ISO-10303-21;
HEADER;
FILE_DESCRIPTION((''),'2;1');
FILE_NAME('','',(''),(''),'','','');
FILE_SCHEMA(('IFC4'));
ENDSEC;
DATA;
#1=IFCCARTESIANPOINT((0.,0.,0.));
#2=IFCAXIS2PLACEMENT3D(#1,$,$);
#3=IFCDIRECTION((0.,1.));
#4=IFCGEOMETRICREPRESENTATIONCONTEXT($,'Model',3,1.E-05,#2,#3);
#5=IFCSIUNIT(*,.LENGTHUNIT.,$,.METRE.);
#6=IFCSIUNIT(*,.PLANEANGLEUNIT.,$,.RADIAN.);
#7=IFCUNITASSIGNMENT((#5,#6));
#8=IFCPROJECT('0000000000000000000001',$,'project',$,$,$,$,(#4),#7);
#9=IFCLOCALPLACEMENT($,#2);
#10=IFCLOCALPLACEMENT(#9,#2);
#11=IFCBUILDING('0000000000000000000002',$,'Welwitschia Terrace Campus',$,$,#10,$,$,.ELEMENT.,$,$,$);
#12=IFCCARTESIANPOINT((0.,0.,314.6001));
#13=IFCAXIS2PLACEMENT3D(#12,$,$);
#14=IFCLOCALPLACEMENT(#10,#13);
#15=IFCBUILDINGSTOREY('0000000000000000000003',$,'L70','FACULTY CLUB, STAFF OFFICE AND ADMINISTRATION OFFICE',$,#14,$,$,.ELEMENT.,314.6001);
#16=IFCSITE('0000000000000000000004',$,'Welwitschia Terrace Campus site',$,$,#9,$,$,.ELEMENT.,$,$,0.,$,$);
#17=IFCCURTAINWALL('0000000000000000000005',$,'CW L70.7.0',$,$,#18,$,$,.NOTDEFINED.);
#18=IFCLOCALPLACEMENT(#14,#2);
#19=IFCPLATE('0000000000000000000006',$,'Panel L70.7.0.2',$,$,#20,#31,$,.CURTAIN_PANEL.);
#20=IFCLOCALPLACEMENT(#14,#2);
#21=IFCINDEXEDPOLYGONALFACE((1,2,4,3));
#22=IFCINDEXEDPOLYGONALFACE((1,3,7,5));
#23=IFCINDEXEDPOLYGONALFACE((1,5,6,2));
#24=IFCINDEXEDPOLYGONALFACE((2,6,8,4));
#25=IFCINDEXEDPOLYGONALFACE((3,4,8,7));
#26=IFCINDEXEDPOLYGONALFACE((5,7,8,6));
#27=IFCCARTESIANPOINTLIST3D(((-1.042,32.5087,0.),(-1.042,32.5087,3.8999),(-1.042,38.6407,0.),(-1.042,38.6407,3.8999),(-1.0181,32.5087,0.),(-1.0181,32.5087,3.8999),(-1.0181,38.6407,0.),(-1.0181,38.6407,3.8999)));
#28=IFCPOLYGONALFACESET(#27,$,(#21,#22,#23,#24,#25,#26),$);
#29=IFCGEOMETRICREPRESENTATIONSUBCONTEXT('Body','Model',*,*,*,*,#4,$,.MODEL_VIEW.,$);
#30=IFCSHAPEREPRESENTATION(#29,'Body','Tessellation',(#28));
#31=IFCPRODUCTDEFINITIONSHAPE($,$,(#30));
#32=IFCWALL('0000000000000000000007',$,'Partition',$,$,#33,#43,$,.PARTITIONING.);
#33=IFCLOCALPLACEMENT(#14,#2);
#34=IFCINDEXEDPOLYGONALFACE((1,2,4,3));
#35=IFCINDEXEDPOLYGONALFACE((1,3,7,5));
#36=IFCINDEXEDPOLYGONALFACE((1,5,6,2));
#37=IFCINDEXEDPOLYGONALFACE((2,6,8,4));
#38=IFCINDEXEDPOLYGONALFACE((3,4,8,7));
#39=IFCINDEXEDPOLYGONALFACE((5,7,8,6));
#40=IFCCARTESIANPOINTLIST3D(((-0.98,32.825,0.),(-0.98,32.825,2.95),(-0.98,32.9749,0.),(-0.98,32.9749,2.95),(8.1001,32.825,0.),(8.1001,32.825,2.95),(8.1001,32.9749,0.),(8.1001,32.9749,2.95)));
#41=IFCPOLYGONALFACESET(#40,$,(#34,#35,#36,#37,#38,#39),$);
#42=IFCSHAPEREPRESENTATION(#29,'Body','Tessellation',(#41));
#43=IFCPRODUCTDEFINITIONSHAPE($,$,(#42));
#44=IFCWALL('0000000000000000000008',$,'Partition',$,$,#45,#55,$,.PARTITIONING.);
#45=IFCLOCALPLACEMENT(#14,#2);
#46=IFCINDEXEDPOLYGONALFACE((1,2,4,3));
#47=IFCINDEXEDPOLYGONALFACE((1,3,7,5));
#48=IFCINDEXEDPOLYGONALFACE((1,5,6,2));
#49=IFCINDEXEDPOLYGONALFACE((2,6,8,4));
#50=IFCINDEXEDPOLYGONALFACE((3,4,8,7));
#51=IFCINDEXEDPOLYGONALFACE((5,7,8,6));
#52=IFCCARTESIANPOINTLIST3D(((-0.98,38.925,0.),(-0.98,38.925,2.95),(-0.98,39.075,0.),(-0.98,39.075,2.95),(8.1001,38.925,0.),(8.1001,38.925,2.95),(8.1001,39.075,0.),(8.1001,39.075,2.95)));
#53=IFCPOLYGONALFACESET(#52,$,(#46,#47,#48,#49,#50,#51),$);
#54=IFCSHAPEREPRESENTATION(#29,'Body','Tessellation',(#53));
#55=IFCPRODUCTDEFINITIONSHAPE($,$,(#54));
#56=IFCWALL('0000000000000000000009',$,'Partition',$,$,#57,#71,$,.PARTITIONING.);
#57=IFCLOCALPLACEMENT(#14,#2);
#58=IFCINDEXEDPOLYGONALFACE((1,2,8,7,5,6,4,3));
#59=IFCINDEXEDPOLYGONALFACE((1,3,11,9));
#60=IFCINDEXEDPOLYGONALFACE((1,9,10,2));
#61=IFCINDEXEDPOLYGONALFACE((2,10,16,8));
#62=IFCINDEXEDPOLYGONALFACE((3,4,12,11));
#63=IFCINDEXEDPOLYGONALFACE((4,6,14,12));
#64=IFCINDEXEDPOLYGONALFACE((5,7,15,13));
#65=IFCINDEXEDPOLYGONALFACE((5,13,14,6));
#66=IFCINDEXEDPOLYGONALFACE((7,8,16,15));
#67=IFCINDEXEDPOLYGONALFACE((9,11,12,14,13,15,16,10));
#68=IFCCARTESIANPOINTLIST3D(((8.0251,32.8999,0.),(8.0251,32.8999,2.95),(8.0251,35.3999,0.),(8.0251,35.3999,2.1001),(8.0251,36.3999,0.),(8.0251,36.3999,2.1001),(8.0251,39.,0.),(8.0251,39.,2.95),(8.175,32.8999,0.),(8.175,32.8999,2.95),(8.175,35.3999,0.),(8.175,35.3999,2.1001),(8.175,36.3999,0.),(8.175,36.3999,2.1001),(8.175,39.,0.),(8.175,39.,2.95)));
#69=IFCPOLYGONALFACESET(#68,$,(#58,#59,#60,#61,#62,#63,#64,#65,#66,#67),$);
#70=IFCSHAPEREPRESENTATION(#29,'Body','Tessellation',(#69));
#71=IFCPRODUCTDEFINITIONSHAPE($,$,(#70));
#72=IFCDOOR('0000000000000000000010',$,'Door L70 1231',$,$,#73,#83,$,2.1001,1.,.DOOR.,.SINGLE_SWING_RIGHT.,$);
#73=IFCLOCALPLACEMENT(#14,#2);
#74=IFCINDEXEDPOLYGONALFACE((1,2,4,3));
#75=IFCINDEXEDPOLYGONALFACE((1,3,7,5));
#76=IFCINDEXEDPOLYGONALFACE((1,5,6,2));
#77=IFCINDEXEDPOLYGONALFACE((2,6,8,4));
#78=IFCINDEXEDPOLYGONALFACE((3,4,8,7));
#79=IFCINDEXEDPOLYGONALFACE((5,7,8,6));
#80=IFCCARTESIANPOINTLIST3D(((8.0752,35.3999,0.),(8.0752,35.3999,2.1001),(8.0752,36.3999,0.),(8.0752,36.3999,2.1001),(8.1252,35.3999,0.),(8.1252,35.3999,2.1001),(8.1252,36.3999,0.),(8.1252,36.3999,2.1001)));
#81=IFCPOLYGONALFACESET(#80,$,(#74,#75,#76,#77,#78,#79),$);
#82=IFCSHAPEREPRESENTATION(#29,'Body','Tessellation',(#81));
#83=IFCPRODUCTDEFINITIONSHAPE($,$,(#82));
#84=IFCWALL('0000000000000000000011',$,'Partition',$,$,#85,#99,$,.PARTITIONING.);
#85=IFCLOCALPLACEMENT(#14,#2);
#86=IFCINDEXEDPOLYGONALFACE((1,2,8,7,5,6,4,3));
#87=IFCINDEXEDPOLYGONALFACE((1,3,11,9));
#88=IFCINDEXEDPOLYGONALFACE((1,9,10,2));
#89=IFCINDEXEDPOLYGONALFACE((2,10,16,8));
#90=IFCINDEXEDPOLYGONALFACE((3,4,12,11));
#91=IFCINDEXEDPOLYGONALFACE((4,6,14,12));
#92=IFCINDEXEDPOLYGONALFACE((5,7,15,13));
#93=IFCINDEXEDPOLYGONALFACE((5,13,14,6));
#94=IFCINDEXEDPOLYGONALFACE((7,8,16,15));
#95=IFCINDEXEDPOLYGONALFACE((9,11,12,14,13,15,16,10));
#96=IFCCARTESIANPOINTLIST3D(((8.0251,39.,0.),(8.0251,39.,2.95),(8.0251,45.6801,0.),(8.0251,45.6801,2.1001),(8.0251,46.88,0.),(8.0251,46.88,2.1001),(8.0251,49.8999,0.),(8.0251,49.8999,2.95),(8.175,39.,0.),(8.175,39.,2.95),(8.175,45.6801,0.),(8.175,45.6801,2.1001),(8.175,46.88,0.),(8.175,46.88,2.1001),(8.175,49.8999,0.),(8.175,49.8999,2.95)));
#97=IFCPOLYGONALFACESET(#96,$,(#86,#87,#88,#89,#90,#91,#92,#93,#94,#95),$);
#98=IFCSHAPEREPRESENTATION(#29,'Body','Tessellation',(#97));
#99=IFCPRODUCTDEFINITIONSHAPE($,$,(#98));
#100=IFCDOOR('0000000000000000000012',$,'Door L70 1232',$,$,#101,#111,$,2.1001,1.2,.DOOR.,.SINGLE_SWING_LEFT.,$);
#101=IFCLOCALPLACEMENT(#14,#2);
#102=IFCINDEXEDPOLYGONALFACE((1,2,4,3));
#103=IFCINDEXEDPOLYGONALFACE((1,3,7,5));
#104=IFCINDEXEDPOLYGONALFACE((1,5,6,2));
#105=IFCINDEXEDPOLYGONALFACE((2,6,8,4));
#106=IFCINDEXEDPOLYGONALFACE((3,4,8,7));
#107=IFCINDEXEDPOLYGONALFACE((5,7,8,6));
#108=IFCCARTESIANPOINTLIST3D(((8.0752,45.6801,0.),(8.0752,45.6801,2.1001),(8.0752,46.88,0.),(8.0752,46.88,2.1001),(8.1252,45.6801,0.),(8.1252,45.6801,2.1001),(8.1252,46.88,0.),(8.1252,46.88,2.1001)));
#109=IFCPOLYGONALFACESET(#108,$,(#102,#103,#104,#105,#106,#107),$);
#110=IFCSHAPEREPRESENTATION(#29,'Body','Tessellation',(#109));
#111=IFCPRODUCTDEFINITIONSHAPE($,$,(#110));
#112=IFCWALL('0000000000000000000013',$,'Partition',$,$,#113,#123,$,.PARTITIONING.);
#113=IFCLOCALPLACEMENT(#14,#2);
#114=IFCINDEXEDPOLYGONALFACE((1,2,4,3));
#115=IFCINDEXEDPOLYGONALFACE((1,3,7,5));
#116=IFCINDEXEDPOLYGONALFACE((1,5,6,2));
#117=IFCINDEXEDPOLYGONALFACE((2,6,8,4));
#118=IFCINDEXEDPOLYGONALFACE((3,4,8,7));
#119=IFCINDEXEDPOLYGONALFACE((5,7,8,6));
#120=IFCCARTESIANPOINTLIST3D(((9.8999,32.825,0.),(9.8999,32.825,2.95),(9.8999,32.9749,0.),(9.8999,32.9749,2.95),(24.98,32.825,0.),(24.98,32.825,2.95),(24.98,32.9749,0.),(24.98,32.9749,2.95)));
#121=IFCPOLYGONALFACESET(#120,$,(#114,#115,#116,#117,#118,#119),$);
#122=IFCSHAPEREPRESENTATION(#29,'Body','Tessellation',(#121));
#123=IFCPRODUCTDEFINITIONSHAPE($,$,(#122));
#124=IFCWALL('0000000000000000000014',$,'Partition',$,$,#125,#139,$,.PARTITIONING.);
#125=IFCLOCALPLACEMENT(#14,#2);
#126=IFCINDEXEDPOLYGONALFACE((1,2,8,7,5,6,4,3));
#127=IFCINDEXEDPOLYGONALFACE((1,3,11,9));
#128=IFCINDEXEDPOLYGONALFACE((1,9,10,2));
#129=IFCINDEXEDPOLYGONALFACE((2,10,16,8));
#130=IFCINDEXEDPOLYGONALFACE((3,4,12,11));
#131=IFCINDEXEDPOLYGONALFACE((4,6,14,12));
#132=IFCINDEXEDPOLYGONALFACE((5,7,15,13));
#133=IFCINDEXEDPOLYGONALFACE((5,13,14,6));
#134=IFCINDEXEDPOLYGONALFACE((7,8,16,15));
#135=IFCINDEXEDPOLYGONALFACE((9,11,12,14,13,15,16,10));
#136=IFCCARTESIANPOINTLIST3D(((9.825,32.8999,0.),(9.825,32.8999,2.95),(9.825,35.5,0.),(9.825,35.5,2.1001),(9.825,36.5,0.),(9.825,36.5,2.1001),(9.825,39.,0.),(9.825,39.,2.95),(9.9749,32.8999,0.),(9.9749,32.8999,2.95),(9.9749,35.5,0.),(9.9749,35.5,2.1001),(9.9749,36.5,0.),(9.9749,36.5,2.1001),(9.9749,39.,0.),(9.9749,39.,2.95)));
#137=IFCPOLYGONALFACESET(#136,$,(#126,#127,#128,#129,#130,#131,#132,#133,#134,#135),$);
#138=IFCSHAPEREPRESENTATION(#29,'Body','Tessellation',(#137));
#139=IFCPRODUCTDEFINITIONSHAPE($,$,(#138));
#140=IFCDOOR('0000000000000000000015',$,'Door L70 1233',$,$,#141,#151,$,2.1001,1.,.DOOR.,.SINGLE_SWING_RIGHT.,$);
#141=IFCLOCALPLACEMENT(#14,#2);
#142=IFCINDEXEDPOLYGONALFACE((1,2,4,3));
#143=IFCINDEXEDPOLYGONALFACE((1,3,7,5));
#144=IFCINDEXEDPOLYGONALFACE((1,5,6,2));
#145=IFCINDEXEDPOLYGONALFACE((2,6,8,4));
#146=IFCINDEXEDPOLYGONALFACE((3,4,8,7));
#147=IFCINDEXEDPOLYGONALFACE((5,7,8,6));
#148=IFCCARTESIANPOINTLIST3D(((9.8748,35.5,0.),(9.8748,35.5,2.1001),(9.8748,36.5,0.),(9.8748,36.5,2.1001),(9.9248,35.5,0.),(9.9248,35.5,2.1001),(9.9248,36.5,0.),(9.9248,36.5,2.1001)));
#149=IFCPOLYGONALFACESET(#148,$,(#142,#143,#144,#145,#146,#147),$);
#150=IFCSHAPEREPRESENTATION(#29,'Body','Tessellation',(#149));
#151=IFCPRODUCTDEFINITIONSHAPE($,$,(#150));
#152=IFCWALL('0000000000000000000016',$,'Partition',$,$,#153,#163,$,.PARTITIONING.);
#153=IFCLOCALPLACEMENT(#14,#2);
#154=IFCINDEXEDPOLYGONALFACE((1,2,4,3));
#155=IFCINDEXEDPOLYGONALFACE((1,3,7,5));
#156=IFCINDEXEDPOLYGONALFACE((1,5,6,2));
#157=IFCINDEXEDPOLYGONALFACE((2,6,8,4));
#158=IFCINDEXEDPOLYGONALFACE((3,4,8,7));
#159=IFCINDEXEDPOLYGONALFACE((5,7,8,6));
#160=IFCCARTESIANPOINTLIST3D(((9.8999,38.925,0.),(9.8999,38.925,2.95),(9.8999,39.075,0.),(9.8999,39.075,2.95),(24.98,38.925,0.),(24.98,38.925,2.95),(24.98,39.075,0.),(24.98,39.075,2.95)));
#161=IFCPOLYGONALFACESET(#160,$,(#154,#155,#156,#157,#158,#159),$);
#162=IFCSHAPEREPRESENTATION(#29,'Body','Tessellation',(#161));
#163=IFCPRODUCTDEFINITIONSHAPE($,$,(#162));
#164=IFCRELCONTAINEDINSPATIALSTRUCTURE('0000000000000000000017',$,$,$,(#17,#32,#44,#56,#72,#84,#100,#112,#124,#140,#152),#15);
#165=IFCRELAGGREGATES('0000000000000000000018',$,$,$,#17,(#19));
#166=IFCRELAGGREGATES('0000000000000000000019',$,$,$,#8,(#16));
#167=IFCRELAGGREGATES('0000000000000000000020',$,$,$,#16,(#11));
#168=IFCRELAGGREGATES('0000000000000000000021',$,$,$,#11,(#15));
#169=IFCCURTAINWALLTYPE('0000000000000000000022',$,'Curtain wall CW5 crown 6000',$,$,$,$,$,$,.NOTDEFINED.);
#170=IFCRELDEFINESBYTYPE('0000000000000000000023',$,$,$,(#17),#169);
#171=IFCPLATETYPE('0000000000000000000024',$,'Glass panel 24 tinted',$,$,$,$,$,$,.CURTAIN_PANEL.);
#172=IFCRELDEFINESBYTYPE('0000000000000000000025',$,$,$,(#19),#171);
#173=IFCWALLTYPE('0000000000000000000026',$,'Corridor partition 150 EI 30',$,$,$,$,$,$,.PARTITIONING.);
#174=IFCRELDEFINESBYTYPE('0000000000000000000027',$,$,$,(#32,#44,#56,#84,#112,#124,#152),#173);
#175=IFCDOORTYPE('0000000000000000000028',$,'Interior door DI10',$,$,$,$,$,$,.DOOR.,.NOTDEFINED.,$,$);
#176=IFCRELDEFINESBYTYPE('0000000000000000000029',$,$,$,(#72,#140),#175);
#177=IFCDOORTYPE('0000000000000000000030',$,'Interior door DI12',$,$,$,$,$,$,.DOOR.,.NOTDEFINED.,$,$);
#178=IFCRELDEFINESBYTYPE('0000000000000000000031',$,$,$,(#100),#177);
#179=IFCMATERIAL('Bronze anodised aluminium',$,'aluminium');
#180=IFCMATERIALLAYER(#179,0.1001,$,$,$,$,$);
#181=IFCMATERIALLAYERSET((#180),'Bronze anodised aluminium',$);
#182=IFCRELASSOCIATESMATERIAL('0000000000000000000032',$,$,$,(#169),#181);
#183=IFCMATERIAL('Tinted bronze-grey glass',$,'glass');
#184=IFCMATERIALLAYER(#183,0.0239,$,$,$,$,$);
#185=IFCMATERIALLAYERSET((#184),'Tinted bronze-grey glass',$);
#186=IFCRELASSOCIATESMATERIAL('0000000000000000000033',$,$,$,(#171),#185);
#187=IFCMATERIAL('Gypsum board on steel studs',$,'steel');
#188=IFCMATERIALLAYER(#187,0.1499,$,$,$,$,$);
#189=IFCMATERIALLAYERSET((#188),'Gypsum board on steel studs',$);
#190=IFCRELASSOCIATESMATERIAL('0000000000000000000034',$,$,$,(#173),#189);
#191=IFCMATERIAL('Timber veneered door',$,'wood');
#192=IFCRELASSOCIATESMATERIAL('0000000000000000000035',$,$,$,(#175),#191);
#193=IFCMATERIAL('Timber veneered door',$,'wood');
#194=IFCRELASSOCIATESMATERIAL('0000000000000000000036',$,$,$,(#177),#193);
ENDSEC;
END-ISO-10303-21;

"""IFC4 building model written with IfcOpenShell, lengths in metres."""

from ifc_helpers import new_model, si_unit, direction, frame, frame_2d, origin, origin_2d, place, context, subcontext, project, spatial, rectangle, extrude, material, layer, layer_set, type_object, element, fill, aggregate, save


model = new_model("IFC4")

# Units and contexts
model_context = context("Model", 3, precision=1e-05, world=origin(), true_north=direction((0.0, 1.0)))
body_context = subcontext(model_context, "Body", "Model", "MODEL_VIEW")
ifc_project = project(units=[si_unit("LENGTHUNIT", "METRE"), si_unit("PLANEANGLEUNIT", "RADIAN")], contexts=[model_context])

# Site, building, storey
site_placement = place(None, origin())
site = spatial("IfcSite", under=ifc_project, at=site_placement, Name="Welwitschia Terrace Campus site", CompositionType="ELEMENT", RefElevation=0.0)
building_placement = place(site_placement, origin())
building = spatial("IfcBuilding", under=site, at=building_placement, Name="Welwitschia Terrace Campus", CompositionType="ELEMENT")
storey_placement = place(building_placement, frame((0.0, 0.0, 314.6001)))
storey = spatial("IfcBuildingStorey", under=building, at=storey_placement, Name="L70", Description="FACULTY CLUB, STAFF OFFICE AND ADMINISTRATION OFFICE", CompositionType="ELEMENT", Elevation=314.6001)

# Curtain wall
ifc_material_1 = material(Name="Bronze anodised aluminium", Category="aluminium")
ifc_layer_1 = layer(ifc_material_1, 0.1001)
ifc_layer_set_1 = layer_set([ifc_layer_1], Name="Bronze anodised aluminium")
curtain_wall_type = type_object("IfcCurtainWallType", Name="Curtain wall CW5 crown 6000", PredefinedType="NOTDEFINED", material=ifc_layer_set_1)
curtain_wall_1_placement = place(storey_placement, origin())
curtain_wall_1 = element("IfcCurtainWall", 1, at=curtain_wall_1_placement, inside=storey, type_object=curtain_wall_type, Name="CW L70.7.0", PredefinedType="NOTDEFINED")

# Plate
ifc_material_2 = material(Name="Tinted bronze-grey glass", Category="glass")
ifc_layer_2 = layer(ifc_material_2, 0.0239)
ifc_layer_set_2 = layer_set([ifc_layer_2], Name="Tinted bronze-grey glass")
plate_type = type_object("IfcPlateType", Name="Glass panel 24 tinted", PredefinedType="CURTAIN_PANEL", material=ifc_layer_set_2)
plate_1_placement = place(storey_placement, frame((-1.03, 35.5747, 0.0), z_axis=(0.0, 0.0, 1.0), x_axis=(0.0, -1.0, 0.0)))
plate_1 = element("IfcPlate", 2, at=plate_1_placement, type_object=plate_type, Name="Panel L70.7.0.2", PredefinedType="CURTAIN_PANEL", context=body_context, shape_type="SweptSolid", body=[
    extrude(rectangle(XDim=6.1321, YDim=0.0239, at=origin_2d()), origin(), (0.0, 0.0, 1.0), 3.8999),
])
aggregate(curtain_wall_1, [plate_1])

# Walls
ifc_material_3 = material(Name="Gypsum board on steel studs", Category="steel")
ifc_layer_3 = layer(ifc_material_3, 0.1499)
ifc_layer_set_3 = layer_set([ifc_layer_3], Name="Gypsum board on steel studs")
wall_type = type_object("IfcWallType", Name="Corridor partition 150 EI 30", PredefinedType="PARTITIONING", material=ifc_layer_set_3)
for number, where, z_axis, x_axis, name in (
    (3, (-0.98, 32.8999, 0.0), (0.0, 0.0, 1.0), (1.0, 0.0, 0.0), "Partition"),
    (4, (-0.98, 39.0, 0.0), (0.0, 0.0, 1.0), (1.0, 0.0, 0.0), "Partition"),
):
    element("IfcWall", number, at=place(storey_placement, frame(where, z_axis=z_axis, x_axis=x_axis)), inside=storey, type_object=wall_type, Name=name, PredefinedType="PARTITIONING", context=body_context, shape_type="SweptSolid", body=[
        extrude(rectangle(XDim=9.0801, YDim=0.1499, at=frame_2d((4.54, 0.0))), origin(), (0.0, 0.0, 1.0), 2.95),
    ])

# Walls, openings, doors
wall_1_placement = place(storey_placement, frame((8.1001, 32.8999, 0.0), z_axis=(0.0, 0.0, 1.0), x_axis=(0.0, 1.0, 0.0)))
wall_1 = element("IfcWall", 5, at=wall_1_placement, inside=storey, type_object=wall_type, Name="Partition", PredefinedType="PARTITIONING", context=body_context, shape_type="SweptSolid", body=[
    extrude(rectangle(XDim=6.1001, YDim=0.1499, at=frame_2d((3.05, 0.0))), origin(), (0.0, 0.0, 1.0), 2.95),
])
opening_1_placement = place(wall_1_placement, frame((2.5, 0.0, 0.0)))
opening_1 = element("IfcOpeningElement", 6, at=opening_1_placement, cuts=wall_1, PredefinedType="OPENING", context=body_context, shape_type="SweptSolid", body=[
    extrude(rectangle(XDim=1.0, YDim=2.1001, at=frame_2d((0.5, 1.05))), frame((0.0, 0.085, 0.0), z_axis=(0.0, -1.0, 0.0), x_axis=(1.0, 0.0, 0.0)), (0.0, 0.0, 1.0), 0.1699),
])
ifc_material_4 = material(Name="Timber veneered door", Category="wood")
door_type_1 = type_object("IfcDoorType", Name="Interior door DI10", OperationType="NOTDEFINED", PredefinedType="DOOR", material=ifc_material_4)
door_1_placement = place(opening_1_placement, origin())
door_1 = element("IfcDoor", 7, at=door_1_placement, inside=storey, type_object=door_type_1, Name="Door L70 1231", OperationType="SINGLE_SWING_RIGHT", OverallHeight=2.1001, OverallWidth=1.0, PredefinedType="DOOR", context=body_context, shape_type="SweptSolid", body=[
    extrude(rectangle(XDim=1.0, YDim=2.1001, at=frame_2d((0.5, 1.05))), frame((0.0, 0.0249, 0.0), z_axis=(0.0, -1.0, 0.0), x_axis=(1.0, 0.0, 0.0)), (0.0, 0.0, 1.0), 0.05),
])
fill(opening_1, door_1)
wall_2_placement = place(storey_placement, frame((8.1001, 39.0, 0.0), z_axis=(0.0, 0.0, 1.0), x_axis=(0.0, 1.0, 0.0)))
wall_2 = element("IfcWall", 8, at=wall_2_placement, inside=storey, type_object=wall_type, Name="Partition", PredefinedType="PARTITIONING", context=body_context, shape_type="SweptSolid", body=[
    extrude(rectangle(XDim=10.8999, YDim=0.1499, at=frame_2d((5.45, 0.0))), origin(), (0.0, 0.0, 1.0), 2.95),
])
opening_2_placement = place(wall_2_placement, frame((6.6799, 0.0, 0.0)))
opening_2 = element("IfcOpeningElement", 9, at=opening_2_placement, cuts=wall_2, PredefinedType="OPENING", context=body_context, shape_type="SweptSolid", body=[
    extrude(rectangle(XDim=1.2, YDim=2.1001, at=frame_2d((0.6001, 1.05))), frame((0.0, 0.085, 0.0), z_axis=(0.0, -1.0, 0.0), x_axis=(1.0, 0.0, 0.0)), (0.0, 0.0, 1.0), 0.1699),
])
ifc_material_5 = material(Name="Timber veneered door", Category="wood")
door_type_2 = type_object("IfcDoorType", Name="Interior door DI12", OperationType="NOTDEFINED", PredefinedType="DOOR", material=ifc_material_5)
door_2_placement = place(opening_2_placement, origin())
door_2 = element("IfcDoor", 10, at=door_2_placement, inside=storey, type_object=door_type_2, Name="Door L70 1232", OperationType="SINGLE_SWING_LEFT", OverallHeight=2.1001, OverallWidth=1.2, PredefinedType="DOOR", context=body_context, shape_type="SweptSolid", body=[
    extrude(rectangle(XDim=1.2, YDim=2.1001, at=frame_2d((0.6001, 1.05))), frame((0.0, 0.0249, 0.0), z_axis=(0.0, -1.0, 0.0), x_axis=(1.0, 0.0, 0.0)), (0.0, 0.0, 1.0), 0.05),
])
fill(opening_2, door_2)

# Wall
wall_3_placement = place(storey_placement, frame((9.8999, 32.8999, 0.0), z_axis=(0.0, 0.0, 1.0), x_axis=(1.0, 0.0, 0.0)))
element("IfcWall", 11, at=wall_3_placement, inside=storey, type_object=wall_type, Name="Partition", PredefinedType="PARTITIONING", context=body_context, shape_type="SweptSolid", body=[
    extrude(rectangle(XDim=15.0801, YDim=0.1499, at=frame_2d((7.54, 0.0))), origin(), (0.0, 0.0, 1.0), 2.95),
])

# Wall, opening, door
wall_4_placement = place(storey_placement, frame((9.8999, 39.0, 0.0), z_axis=(0.0, 0.0, 1.0), x_axis=(0.0, -1.0, 0.0)))
wall_4 = element("IfcWall", 12, at=wall_4_placement, inside=storey, type_object=wall_type, Name="Partition", PredefinedType="PARTITIONING", context=body_context, shape_type="SweptSolid", body=[
    extrude(rectangle(XDim=6.1001, YDim=0.1499, at=frame_2d((3.05, 0.0))), origin(), (0.0, 0.0, 1.0), 2.95),
])
opening_3_placement = place(wall_4_placement, frame((2.5, 0.0, 0.0)))
opening_3 = element("IfcOpeningElement", 13, at=opening_3_placement, cuts=wall_4, PredefinedType="OPENING", context=body_context, shape_type="SweptSolid", body=[
    extrude(rectangle(XDim=1.0, YDim=2.1001, at=frame_2d((0.5, 1.05))), frame((0.0, 0.085, 0.0), z_axis=(0.0, -1.0, 0.0), x_axis=(1.0, 0.0, 0.0)), (0.0, 0.0, 1.0), 0.1699),
])
door_3_placement = place(opening_3_placement, origin())
door_3 = element("IfcDoor", 14, at=door_3_placement, inside=storey, type_object=door_type_1, Name="Door L70 1233", OperationType="SINGLE_SWING_RIGHT", OverallHeight=2.1001, OverallWidth=1.0, PredefinedType="DOOR", context=body_context, shape_type="SweptSolid", body=[
    extrude(rectangle(XDim=1.0, YDim=2.1001, at=frame_2d((0.5, 1.05))), frame((0.0, 0.0249, 0.0), z_axis=(0.0, -1.0, 0.0), x_axis=(1.0, 0.0, 0.0)), (0.0, 0.0, 1.0), 0.05),
])
fill(opening_3, door_3)

# Wall
wall_5_placement = place(storey_placement, frame((9.8999, 39.0, 0.0), z_axis=(0.0, 0.0, 1.0), x_axis=(1.0, 0.0, 0.0)))
element("IfcWall", 15, at=wall_5_placement, inside=storey, type_object=wall_type, Name="Partition", PredefinedType="PARTITIONING", context=body_context, shape_type="SweptSolid", body=[
    extrude(rectangle(XDim=15.0801, YDim=0.1499, at=frame_2d((7.54, 0.0))), origin(), (0.0, 0.0, 1.0), 2.95),
])

save(model, "model.ifc")
